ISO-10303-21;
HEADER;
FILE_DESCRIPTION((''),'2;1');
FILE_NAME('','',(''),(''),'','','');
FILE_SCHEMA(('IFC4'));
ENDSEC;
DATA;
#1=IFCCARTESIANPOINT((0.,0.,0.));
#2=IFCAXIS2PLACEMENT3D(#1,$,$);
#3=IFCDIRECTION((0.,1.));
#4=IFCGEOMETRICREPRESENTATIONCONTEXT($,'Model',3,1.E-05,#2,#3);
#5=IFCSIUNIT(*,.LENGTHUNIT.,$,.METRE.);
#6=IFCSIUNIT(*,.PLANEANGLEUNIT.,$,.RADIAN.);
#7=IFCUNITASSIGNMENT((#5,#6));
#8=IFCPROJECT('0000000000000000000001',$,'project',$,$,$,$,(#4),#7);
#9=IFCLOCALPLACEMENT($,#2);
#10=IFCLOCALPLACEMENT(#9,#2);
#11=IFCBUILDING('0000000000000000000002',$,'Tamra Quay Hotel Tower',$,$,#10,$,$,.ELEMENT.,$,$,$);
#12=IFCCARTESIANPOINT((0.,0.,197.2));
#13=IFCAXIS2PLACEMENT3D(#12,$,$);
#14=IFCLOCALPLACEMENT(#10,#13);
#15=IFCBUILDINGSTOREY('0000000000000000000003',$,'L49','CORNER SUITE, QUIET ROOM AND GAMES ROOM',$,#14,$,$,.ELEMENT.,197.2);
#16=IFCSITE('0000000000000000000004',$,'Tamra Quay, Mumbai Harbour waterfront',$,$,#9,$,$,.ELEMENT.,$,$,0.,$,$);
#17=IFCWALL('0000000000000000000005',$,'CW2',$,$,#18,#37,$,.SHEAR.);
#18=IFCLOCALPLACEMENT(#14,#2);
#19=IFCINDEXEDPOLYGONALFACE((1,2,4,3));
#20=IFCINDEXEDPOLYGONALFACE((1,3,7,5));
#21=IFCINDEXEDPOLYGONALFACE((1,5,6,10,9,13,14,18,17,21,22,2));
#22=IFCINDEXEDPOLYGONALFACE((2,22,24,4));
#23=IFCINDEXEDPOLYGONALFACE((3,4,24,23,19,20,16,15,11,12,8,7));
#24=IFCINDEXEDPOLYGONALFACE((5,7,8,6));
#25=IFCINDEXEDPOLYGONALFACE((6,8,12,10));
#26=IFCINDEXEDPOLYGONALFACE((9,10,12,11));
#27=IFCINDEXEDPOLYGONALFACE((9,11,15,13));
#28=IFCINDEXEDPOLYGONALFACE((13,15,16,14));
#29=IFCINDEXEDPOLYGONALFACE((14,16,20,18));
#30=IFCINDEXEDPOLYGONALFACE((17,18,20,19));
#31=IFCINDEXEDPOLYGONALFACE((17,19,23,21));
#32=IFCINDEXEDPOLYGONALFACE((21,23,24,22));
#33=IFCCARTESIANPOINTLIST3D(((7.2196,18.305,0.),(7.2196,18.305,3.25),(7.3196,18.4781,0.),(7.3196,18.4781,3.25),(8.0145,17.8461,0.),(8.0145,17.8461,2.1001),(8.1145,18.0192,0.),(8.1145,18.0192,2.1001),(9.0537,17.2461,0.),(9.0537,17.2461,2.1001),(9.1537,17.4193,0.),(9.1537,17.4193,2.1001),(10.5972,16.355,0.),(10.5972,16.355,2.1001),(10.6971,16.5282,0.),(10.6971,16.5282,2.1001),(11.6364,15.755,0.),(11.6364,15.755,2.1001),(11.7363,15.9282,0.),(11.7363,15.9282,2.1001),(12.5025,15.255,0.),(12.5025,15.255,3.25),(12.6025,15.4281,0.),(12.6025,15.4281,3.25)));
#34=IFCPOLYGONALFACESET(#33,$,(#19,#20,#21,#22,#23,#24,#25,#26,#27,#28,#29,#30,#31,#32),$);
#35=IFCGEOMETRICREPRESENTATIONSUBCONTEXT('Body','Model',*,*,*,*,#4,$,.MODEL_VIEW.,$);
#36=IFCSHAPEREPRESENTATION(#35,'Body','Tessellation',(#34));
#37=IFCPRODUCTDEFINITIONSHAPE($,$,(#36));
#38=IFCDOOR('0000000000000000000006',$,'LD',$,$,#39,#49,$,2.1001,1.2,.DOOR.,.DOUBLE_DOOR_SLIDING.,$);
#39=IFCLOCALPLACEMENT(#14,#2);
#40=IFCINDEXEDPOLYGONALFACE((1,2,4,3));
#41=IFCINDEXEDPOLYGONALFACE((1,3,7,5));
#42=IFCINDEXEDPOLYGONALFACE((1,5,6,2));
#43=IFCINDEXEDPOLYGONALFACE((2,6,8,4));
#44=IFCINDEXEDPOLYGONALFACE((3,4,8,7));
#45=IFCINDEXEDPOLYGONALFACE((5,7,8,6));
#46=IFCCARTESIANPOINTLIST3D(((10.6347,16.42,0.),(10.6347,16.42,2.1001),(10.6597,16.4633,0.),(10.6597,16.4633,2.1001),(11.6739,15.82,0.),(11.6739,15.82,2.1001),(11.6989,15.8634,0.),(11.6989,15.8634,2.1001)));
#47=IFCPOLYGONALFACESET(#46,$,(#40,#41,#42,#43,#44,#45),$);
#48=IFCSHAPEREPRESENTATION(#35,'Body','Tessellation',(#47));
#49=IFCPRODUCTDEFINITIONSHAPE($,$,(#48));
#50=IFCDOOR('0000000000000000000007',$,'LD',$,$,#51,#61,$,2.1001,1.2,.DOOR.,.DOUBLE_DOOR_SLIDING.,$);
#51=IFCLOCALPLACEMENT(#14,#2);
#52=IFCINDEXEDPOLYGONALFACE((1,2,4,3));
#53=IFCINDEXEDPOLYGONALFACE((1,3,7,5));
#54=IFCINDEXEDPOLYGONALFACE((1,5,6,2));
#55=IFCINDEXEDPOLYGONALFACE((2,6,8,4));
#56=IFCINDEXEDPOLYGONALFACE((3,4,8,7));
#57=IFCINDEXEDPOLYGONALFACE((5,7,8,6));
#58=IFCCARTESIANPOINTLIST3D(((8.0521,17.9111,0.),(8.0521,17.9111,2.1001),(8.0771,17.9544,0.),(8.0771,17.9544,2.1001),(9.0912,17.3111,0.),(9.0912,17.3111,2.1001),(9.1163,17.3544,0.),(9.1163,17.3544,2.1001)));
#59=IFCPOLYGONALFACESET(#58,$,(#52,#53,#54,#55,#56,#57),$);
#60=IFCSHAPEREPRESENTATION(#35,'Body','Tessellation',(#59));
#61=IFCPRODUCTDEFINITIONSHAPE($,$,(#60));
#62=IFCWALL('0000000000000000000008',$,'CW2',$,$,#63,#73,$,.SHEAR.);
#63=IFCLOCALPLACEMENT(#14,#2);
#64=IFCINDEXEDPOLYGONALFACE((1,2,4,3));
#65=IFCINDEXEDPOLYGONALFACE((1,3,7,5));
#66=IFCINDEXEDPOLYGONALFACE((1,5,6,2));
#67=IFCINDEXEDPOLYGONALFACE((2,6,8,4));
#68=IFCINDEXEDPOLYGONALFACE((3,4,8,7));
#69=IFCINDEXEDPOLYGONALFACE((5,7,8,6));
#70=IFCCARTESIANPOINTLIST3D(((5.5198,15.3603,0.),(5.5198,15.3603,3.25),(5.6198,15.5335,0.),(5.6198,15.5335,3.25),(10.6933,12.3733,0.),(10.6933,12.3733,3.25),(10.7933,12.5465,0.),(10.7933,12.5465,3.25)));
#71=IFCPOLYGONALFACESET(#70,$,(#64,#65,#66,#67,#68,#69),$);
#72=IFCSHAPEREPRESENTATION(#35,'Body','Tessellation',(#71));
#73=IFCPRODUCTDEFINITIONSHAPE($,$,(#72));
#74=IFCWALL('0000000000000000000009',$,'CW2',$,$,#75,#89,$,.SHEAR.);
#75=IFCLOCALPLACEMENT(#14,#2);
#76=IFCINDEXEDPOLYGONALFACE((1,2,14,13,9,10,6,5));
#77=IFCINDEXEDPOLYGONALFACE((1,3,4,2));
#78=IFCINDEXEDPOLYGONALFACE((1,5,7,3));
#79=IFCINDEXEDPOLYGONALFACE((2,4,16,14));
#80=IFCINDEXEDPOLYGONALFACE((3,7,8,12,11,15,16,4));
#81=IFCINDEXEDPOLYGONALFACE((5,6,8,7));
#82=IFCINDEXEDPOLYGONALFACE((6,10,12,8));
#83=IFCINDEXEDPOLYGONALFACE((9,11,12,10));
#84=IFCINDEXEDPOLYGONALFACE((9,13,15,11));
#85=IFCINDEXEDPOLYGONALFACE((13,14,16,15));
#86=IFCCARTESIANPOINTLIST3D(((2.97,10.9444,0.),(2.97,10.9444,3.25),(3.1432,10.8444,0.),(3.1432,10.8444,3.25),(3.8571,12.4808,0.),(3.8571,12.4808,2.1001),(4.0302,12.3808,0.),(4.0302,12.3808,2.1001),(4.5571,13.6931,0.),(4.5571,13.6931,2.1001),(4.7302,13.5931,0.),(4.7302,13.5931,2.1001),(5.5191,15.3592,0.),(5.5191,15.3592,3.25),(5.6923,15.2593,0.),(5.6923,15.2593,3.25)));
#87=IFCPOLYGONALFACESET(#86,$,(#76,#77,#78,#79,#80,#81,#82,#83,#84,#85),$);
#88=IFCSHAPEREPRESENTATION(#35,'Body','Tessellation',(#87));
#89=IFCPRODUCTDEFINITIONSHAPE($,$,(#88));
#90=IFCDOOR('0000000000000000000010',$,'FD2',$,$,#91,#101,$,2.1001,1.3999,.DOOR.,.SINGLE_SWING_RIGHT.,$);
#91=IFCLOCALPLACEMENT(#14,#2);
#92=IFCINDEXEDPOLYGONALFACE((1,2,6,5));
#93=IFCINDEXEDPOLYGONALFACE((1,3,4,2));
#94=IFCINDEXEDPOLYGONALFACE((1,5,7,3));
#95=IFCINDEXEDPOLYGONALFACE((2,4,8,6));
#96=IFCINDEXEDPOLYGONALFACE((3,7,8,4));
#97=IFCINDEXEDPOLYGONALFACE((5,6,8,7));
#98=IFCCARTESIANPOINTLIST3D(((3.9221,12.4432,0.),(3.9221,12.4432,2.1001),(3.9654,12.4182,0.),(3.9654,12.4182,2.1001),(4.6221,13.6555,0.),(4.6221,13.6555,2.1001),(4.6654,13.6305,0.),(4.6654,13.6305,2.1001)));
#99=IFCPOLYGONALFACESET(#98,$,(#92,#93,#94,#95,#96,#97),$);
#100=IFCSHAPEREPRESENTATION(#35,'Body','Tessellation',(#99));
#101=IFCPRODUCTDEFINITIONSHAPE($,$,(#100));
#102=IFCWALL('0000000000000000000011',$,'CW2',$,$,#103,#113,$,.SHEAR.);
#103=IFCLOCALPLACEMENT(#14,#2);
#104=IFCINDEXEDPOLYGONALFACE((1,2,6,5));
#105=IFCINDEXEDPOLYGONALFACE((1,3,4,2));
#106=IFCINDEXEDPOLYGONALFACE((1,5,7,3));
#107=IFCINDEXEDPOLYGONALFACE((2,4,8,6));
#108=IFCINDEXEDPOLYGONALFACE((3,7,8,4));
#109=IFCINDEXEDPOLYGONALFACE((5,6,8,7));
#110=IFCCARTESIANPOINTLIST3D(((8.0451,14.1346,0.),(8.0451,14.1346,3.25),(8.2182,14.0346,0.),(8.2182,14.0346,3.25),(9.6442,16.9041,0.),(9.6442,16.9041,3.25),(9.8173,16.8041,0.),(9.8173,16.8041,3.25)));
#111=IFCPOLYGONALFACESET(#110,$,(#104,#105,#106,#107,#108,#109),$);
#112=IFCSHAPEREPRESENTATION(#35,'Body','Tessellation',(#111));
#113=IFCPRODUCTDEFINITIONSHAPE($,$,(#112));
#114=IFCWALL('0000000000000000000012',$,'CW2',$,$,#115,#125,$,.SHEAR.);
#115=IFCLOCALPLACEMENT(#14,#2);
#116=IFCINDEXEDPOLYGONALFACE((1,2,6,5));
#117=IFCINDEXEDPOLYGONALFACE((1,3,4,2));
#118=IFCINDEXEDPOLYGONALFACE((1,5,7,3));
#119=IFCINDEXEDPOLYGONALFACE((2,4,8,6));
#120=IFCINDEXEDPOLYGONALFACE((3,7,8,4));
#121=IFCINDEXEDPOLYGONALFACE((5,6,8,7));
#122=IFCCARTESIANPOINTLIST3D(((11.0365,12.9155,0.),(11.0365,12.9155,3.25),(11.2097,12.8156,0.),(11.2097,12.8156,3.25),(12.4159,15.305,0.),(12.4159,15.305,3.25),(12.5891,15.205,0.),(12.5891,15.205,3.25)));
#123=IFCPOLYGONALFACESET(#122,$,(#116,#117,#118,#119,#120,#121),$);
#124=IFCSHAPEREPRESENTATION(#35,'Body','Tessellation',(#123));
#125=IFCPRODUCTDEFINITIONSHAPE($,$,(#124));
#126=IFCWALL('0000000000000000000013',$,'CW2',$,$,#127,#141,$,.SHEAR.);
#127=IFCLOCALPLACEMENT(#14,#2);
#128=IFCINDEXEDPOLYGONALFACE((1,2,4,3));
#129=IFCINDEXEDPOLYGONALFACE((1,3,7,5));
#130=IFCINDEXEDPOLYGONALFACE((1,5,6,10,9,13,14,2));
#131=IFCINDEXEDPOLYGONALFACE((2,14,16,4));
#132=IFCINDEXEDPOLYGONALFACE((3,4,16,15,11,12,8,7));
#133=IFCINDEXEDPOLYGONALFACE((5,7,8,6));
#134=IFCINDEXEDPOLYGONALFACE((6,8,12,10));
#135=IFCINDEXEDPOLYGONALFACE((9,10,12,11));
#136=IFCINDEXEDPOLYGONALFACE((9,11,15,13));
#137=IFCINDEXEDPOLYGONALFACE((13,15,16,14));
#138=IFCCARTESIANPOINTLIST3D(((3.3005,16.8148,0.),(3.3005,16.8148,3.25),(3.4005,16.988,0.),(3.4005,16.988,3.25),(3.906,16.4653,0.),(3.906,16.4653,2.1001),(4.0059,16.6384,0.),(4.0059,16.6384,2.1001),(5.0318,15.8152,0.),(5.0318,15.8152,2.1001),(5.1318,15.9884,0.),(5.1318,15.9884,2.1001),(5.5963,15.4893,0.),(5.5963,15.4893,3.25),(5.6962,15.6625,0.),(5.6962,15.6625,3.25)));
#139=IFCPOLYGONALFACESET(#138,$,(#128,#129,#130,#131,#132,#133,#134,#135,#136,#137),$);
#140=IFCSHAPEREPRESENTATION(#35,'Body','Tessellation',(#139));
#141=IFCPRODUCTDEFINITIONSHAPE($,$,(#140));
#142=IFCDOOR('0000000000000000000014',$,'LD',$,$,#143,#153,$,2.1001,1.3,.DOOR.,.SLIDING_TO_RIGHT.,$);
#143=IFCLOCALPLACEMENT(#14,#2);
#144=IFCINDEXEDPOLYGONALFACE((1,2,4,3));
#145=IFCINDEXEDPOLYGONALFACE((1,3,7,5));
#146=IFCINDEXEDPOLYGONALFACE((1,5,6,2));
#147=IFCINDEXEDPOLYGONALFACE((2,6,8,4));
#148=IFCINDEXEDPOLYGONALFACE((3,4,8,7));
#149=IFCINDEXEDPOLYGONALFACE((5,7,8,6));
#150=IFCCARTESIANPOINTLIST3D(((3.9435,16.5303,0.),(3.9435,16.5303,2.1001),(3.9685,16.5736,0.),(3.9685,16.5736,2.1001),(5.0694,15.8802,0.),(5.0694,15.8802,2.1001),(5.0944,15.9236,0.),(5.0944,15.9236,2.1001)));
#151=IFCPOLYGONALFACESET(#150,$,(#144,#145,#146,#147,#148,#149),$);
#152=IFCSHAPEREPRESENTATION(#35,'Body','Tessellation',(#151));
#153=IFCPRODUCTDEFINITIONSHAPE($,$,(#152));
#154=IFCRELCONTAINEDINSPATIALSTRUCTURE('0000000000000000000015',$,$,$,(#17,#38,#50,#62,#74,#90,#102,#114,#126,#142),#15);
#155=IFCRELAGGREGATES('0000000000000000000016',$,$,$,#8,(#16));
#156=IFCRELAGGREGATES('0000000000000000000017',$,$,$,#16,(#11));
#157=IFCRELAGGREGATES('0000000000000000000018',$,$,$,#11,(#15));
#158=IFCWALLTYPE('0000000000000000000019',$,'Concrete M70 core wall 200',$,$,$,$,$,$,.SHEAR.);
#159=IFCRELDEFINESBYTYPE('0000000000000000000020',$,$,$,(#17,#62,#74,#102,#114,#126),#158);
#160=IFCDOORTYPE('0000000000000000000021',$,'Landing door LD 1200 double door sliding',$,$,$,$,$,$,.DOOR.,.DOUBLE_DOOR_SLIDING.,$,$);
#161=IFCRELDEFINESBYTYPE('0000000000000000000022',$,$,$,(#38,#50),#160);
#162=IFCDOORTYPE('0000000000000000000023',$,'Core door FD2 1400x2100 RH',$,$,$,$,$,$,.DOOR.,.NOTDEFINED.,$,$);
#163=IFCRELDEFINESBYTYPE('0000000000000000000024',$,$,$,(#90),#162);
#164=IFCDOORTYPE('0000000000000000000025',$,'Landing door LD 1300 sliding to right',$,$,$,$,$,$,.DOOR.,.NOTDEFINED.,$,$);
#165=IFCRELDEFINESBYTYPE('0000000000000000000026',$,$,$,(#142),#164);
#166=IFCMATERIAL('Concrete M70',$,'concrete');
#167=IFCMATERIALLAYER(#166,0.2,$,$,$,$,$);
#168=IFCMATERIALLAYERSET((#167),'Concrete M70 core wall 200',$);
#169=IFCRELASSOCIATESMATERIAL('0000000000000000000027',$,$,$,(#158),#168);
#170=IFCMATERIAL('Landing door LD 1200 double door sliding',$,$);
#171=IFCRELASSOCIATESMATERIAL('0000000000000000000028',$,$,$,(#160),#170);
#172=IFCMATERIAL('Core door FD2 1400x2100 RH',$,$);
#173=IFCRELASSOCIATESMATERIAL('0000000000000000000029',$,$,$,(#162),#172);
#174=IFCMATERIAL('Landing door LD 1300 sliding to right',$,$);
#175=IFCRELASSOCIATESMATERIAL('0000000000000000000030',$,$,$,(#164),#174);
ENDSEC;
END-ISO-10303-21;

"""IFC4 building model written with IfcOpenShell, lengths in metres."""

from ifc_helpers import new_model, si_unit, direction, frame, frame_2d, origin, place, context, subcontext, project, spatial, rectangle, extrude, material, layer, layer_set, type_object, element, fill, save


model = new_model("IFC4")

# Units and contexts
model_context = context("Model", 3, precision=1e-05, world=origin(), true_north=direction((0.0, 1.0)))
body_context = subcontext(model_context, "Body", "Model", "MODEL_VIEW")
ifc_project = project(units=[si_unit("LENGTHUNIT", "METRE"), si_unit("PLANEANGLEUNIT", "RADIAN")], contexts=[model_context])

# Site, building, storey
site_placement = place(None, origin())
site = spatial("IfcSite", under=ifc_project, at=site_placement, Name="Tamra Quay, Mumbai Harbour waterfront", CompositionType="ELEMENT", RefElevation=0.0)
building_placement = place(site_placement, origin())
building = spatial("IfcBuilding", under=site, at=building_placement, Name="Tamra Quay Hotel Tower", CompositionType="ELEMENT")
storey_placement = place(building_placement, frame((0.0, 0.0, 197.2)))
storey = spatial("IfcBuildingStorey", under=building, at=storey_placement, Name="L49", Description="CORNER SUITE, QUIET ROOM AND GAMES ROOM", CompositionType="ELEMENT", Elevation=197.2)

# Wall, openings, doors
ifc_material_1 = material(Name="Concrete M70", Category="concrete")
ifc_layer_1 = layer(ifc_material_1, 0.2)
ifc_layer_set_1 = layer_set([ifc_layer_1], Name="Concrete M70 core wall 200")
wall_type_1 = type_object("IfcWallType", Name="Concrete M70 core wall 200", PredefinedType="SHEAR", material=ifc_layer_set_1)
wall_1_placement = place(storey_placement, frame((12.5525, 15.3416, 0.0), z_axis=(0.0, 0.0, 1.0), x_axis=(-0.86603, 0.499992, 0.0)))
wall_1 = element("IfcWall", 1, at=wall_1_placement, inside=storey, type_object=wall_type_1, Name="CW2", PredefinedType="SHEAR", context=body_context, shape_type="SweptSolid", body=[
    extrude(rectangle(XDim=6.1001, YDim=0.2, at=frame_2d((3.05, 0.0))), origin(), (0.0, 0.0, 1.0), 3.25),
])
opening_1_placement = place(wall_1_placement, frame((1.0, 0.0, 0.0)))
opening_1 = element("IfcOpeningElement", 2, at=opening_1_placement, cuts=wall_1, PredefinedType="OPENING", context=body_context, shape_type="SweptSolid", body=[
    extrude(rectangle(XDim=1.2, YDim=2.1001, at=frame_2d((0.6001, 1.05))), frame((0.0, 0.1099, 0.0), z_axis=(0.0, -1.0, 0.0), x_axis=(1.0, 0.0, 0.0)), (0.0, 0.0, 1.0), 0.22),
])
opening_2_placement = place(wall_1_placement, frame((3.9822, 0.0, 0.0)))
opening_2 = element("IfcOpeningElement", 3, at=opening_2_placement, cuts=wall_1, PredefinedType="OPENING", context=body_context, shape_type="SweptSolid", body=[
    extrude(rectangle(XDim=1.2, YDim=2.1001, at=frame_2d((0.6001, 1.05))), frame((0.0, 0.1099, 0.0), z_axis=(0.0, -1.0, 0.0), x_axis=(1.0, 0.0, 0.0)), (0.0, 0.0, 1.0), 0.22),
])
ifc_material_2 = material(Name="Landing door LD 1200 double door sliding")
door_type_1 = type_object("IfcDoorType", Name="Landing door LD 1200 double door sliding", OperationType="DOUBLE_DOOR_SLIDING", PredefinedType="DOOR", material=ifc_material_2)
door_1_placement = place(opening_1_placement, origin())
door_1 = element("IfcDoor", 4, at=door_1_placement, inside=storey, type_object=door_type_1, Name="LD", OperationType="DOUBLE_DOOR_SLIDING", OverallHeight=2.1001, OverallWidth=1.2, PredefinedType="DOOR", context=body_context, shape_type="SweptSolid", body=[
    extrude(rectangle(XDim=1.2, YDim=2.1001, at=frame_2d((0.6001, 1.05))), frame((0.0, 0.0249, 0.0), z_axis=(0.0, -1.0, 0.0), x_axis=(1.0, 0.0, 0.0)), (0.0, 0.0, 1.0), 0.05),
])
fill(opening_1, door_1)
door_2_placement = place(opening_2_placement, origin())
door_2 = element("IfcDoor", 5, at=door_2_placement, inside=storey, type_object=door_type_1, Name="LD", OperationType="DOUBLE_DOOR_SLIDING", OverallHeight=2.1001, OverallWidth=1.2, PredefinedType="DOOR", context=body_context, shape_type="SweptSolid", body=[
    extrude(rectangle(XDim=1.2, YDim=2.1001, at=frame_2d((0.6001, 1.05))), frame((0.0, 0.0249, 0.0), z_axis=(0.0, -1.0, 0.0), x_axis=(1.0, 0.0, 0.0)), (0.0, 0.0, 1.0), 0.05),
])
fill(opening_2, door_2)

# Wall
wall_2_placement = place(storey_placement, frame((10.7432, 12.46, 0.0), z_axis=(0.0, 0.0, 1.0), x_axis=(-0.866019, 0.500011, 0.0)))
element("IfcWall", 6, at=wall_2_placement, inside=storey, type_object=wall_type_1, Name="CW2", PredefinedType="SHEAR", context=body_context, shape_type="SweptSolid", body=[
    extrude(rectangle(XDim=5.9739, YDim=0.2, at=frame_2d((2.9868, 0.0))), origin(), (0.0, 0.0, 1.0), 3.25),
])

# Wall, opening, door
wall_3_placement = place(storey_placement, frame((3.0566, 10.8945, 0.0), z_axis=(0.0, 0.0, 1.0), x_axis=(0.500028, 0.866009, 0.0)))
wall_3 = element("IfcWall", 7, at=wall_3_placement, inside=storey, type_object=wall_type_1, Name="CW2", PredefinedType="SHEAR", context=body_context, shape_type="SweptSolid", body=[
    extrude(rectangle(XDim=5.0979, YDim=0.2, at=frame_2d((2.5488, 0.0))), origin(), (0.0, 0.0, 1.0), 3.25),
])
opening_3_placement = place(wall_3_placement, frame((1.7739, 0.0, 0.0)))
opening_3 = element("IfcOpeningElement", 8, at=opening_3_placement, cuts=wall_3, PredefinedType="OPENING", context=body_context, shape_type="SweptSolid", body=[
    extrude(rectangle(XDim=1.3999, YDim=2.1001, at=frame_2d((0.7, 1.05))), frame((0.0, 0.1099, 0.0), z_axis=(0.0, -1.0, 0.0), x_axis=(1.0, 0.0, 0.0)), (0.0, 0.0, 1.0), 0.22),
])
ifc_material_3 = material(Name="Core door FD2 1400x2100 RH")
door_type_2 = type_object("IfcDoorType", Name="Core door FD2 1400x2100 RH", OperationType="NOTDEFINED", PredefinedType="DOOR", material=ifc_material_3)
door_3_placement = place(opening_3_placement, origin())
door_3 = element("IfcDoor", 9, at=door_3_placement, inside=storey, type_object=door_type_2, Name="FD2", OperationType="SINGLE_SWING_RIGHT", OverallHeight=2.1001, OverallWidth=1.3999, PredefinedType="DOOR", context=body_context, shape_type="SweptSolid", body=[
    extrude(rectangle(XDim=1.3999, YDim=2.1001, at=frame_2d((0.7, 1.05))), frame((0.0, 0.0249, 0.0), z_axis=(0.0, -1.0, 0.0), x_axis=(1.0, 0.0, 0.0)), (0.0, 0.0, 1.0), 0.05),
])
fill(opening_3, door_3)

# Walls
wall_4_placement = place(storey_placement, frame((8.1316, 14.0845, 0.0), z_axis=(0.0, 0.0, 1.0), x_axis=(0.500031, 0.866008, 0.0)))
element("IfcWall", 10, at=wall_4_placement, inside=storey, type_object=wall_type_1, Name="CW2", PredefinedType="SHEAR", context=body_context, shape_type="SweptSolid", body=[
    extrude(rectangle(XDim=3.198, YDim=0.2, at=frame_2d((1.5991, 0.0))), origin(), (0.0, 0.0, 1.0), 3.25),
])
wall_5_placement = place(storey_placement, frame((12.5024, 15.2549, 0.0), z_axis=(0.0, 0.0, 1.0), x_axis=(-0.499965, -0.866046, 0.0)))
element("IfcWall", 11, at=wall_5_placement, inside=storey, type_object=wall_type_1, Name="CW2", PredefinedType="SHEAR", context=body_context, shape_type="SweptSolid", body=[
    extrude(rectangle(XDim=2.759, YDim=0.2, at=frame_2d((1.3794, 0.0))), origin(), (0.0, 0.0, 1.0), 3.25),
])

# Wall, opening, door
wall_6_placement = place(storey_placement, frame((5.6462, 15.5759, 0.0), z_axis=(0.0, 0.0, 1.0), x_axis=(-0.866018, 0.500012, 0.0)))
wall_6 = element("IfcWall", 12, at=wall_6_placement, inside=storey, type_object=wall_type_1, Name="CW2", PredefinedType="SHEAR", context=body_context, shape_type="SweptSolid", body=[
    extrude(rectangle(XDim=2.6509, YDim=0.2, at=frame_2d((1.3254, 0.0))), origin(), (0.0, 0.0, 1.0), 3.25),
])
opening_4_placement = place(wall_6_placement, frame((0.6519, 0.0, 0.0)))
opening_4 = element("IfcOpeningElement", 13, at=opening_4_placement, cuts=wall_6, PredefinedType="OPENING", context=body_context, shape_type="SweptSolid", body=[
    extrude(rectangle(XDim=1.3, YDim=2.1001, at=frame_2d((0.6499, 1.05))), frame((0.0, 0.1099, 0.0), z_axis=(0.0, -1.0, 0.0), x_axis=(1.0, 0.0, 0.0)), (0.0, 0.0, 1.0), 0.22),
])
ifc_material_4 = material(Name="Landing door LD 1300 sliding to right")
door_type_3 = type_object("IfcDoorType", Name="Landing door LD 1300 sliding to right", OperationType="NOTDEFINED", PredefinedType="DOOR", material=ifc_material_4)
door_4_placement = place(opening_4_placement, origin())
door_4 = element("IfcDoor", 14, at=door_4_placement, inside=storey, type_object=door_type_3, Name="LD", OperationType="SLIDING_TO_RIGHT", OverallHeight=2.1001, OverallWidth=1.3, PredefinedType="DOOR", context=body_context, shape_type="SweptSolid", body=[
    extrude(rectangle(XDim=1.3, YDim=2.1001, at=frame_2d((0.6499, 1.05))), frame((0.0, 0.0249, 0.0), z_axis=(0.0, -1.0, 0.0), x_axis=(1.0, 0.0, 0.0)), (0.0, 0.0, 1.0), 0.05),
])
fill(opening_4, door_4)

save(model, "model.ifc")
